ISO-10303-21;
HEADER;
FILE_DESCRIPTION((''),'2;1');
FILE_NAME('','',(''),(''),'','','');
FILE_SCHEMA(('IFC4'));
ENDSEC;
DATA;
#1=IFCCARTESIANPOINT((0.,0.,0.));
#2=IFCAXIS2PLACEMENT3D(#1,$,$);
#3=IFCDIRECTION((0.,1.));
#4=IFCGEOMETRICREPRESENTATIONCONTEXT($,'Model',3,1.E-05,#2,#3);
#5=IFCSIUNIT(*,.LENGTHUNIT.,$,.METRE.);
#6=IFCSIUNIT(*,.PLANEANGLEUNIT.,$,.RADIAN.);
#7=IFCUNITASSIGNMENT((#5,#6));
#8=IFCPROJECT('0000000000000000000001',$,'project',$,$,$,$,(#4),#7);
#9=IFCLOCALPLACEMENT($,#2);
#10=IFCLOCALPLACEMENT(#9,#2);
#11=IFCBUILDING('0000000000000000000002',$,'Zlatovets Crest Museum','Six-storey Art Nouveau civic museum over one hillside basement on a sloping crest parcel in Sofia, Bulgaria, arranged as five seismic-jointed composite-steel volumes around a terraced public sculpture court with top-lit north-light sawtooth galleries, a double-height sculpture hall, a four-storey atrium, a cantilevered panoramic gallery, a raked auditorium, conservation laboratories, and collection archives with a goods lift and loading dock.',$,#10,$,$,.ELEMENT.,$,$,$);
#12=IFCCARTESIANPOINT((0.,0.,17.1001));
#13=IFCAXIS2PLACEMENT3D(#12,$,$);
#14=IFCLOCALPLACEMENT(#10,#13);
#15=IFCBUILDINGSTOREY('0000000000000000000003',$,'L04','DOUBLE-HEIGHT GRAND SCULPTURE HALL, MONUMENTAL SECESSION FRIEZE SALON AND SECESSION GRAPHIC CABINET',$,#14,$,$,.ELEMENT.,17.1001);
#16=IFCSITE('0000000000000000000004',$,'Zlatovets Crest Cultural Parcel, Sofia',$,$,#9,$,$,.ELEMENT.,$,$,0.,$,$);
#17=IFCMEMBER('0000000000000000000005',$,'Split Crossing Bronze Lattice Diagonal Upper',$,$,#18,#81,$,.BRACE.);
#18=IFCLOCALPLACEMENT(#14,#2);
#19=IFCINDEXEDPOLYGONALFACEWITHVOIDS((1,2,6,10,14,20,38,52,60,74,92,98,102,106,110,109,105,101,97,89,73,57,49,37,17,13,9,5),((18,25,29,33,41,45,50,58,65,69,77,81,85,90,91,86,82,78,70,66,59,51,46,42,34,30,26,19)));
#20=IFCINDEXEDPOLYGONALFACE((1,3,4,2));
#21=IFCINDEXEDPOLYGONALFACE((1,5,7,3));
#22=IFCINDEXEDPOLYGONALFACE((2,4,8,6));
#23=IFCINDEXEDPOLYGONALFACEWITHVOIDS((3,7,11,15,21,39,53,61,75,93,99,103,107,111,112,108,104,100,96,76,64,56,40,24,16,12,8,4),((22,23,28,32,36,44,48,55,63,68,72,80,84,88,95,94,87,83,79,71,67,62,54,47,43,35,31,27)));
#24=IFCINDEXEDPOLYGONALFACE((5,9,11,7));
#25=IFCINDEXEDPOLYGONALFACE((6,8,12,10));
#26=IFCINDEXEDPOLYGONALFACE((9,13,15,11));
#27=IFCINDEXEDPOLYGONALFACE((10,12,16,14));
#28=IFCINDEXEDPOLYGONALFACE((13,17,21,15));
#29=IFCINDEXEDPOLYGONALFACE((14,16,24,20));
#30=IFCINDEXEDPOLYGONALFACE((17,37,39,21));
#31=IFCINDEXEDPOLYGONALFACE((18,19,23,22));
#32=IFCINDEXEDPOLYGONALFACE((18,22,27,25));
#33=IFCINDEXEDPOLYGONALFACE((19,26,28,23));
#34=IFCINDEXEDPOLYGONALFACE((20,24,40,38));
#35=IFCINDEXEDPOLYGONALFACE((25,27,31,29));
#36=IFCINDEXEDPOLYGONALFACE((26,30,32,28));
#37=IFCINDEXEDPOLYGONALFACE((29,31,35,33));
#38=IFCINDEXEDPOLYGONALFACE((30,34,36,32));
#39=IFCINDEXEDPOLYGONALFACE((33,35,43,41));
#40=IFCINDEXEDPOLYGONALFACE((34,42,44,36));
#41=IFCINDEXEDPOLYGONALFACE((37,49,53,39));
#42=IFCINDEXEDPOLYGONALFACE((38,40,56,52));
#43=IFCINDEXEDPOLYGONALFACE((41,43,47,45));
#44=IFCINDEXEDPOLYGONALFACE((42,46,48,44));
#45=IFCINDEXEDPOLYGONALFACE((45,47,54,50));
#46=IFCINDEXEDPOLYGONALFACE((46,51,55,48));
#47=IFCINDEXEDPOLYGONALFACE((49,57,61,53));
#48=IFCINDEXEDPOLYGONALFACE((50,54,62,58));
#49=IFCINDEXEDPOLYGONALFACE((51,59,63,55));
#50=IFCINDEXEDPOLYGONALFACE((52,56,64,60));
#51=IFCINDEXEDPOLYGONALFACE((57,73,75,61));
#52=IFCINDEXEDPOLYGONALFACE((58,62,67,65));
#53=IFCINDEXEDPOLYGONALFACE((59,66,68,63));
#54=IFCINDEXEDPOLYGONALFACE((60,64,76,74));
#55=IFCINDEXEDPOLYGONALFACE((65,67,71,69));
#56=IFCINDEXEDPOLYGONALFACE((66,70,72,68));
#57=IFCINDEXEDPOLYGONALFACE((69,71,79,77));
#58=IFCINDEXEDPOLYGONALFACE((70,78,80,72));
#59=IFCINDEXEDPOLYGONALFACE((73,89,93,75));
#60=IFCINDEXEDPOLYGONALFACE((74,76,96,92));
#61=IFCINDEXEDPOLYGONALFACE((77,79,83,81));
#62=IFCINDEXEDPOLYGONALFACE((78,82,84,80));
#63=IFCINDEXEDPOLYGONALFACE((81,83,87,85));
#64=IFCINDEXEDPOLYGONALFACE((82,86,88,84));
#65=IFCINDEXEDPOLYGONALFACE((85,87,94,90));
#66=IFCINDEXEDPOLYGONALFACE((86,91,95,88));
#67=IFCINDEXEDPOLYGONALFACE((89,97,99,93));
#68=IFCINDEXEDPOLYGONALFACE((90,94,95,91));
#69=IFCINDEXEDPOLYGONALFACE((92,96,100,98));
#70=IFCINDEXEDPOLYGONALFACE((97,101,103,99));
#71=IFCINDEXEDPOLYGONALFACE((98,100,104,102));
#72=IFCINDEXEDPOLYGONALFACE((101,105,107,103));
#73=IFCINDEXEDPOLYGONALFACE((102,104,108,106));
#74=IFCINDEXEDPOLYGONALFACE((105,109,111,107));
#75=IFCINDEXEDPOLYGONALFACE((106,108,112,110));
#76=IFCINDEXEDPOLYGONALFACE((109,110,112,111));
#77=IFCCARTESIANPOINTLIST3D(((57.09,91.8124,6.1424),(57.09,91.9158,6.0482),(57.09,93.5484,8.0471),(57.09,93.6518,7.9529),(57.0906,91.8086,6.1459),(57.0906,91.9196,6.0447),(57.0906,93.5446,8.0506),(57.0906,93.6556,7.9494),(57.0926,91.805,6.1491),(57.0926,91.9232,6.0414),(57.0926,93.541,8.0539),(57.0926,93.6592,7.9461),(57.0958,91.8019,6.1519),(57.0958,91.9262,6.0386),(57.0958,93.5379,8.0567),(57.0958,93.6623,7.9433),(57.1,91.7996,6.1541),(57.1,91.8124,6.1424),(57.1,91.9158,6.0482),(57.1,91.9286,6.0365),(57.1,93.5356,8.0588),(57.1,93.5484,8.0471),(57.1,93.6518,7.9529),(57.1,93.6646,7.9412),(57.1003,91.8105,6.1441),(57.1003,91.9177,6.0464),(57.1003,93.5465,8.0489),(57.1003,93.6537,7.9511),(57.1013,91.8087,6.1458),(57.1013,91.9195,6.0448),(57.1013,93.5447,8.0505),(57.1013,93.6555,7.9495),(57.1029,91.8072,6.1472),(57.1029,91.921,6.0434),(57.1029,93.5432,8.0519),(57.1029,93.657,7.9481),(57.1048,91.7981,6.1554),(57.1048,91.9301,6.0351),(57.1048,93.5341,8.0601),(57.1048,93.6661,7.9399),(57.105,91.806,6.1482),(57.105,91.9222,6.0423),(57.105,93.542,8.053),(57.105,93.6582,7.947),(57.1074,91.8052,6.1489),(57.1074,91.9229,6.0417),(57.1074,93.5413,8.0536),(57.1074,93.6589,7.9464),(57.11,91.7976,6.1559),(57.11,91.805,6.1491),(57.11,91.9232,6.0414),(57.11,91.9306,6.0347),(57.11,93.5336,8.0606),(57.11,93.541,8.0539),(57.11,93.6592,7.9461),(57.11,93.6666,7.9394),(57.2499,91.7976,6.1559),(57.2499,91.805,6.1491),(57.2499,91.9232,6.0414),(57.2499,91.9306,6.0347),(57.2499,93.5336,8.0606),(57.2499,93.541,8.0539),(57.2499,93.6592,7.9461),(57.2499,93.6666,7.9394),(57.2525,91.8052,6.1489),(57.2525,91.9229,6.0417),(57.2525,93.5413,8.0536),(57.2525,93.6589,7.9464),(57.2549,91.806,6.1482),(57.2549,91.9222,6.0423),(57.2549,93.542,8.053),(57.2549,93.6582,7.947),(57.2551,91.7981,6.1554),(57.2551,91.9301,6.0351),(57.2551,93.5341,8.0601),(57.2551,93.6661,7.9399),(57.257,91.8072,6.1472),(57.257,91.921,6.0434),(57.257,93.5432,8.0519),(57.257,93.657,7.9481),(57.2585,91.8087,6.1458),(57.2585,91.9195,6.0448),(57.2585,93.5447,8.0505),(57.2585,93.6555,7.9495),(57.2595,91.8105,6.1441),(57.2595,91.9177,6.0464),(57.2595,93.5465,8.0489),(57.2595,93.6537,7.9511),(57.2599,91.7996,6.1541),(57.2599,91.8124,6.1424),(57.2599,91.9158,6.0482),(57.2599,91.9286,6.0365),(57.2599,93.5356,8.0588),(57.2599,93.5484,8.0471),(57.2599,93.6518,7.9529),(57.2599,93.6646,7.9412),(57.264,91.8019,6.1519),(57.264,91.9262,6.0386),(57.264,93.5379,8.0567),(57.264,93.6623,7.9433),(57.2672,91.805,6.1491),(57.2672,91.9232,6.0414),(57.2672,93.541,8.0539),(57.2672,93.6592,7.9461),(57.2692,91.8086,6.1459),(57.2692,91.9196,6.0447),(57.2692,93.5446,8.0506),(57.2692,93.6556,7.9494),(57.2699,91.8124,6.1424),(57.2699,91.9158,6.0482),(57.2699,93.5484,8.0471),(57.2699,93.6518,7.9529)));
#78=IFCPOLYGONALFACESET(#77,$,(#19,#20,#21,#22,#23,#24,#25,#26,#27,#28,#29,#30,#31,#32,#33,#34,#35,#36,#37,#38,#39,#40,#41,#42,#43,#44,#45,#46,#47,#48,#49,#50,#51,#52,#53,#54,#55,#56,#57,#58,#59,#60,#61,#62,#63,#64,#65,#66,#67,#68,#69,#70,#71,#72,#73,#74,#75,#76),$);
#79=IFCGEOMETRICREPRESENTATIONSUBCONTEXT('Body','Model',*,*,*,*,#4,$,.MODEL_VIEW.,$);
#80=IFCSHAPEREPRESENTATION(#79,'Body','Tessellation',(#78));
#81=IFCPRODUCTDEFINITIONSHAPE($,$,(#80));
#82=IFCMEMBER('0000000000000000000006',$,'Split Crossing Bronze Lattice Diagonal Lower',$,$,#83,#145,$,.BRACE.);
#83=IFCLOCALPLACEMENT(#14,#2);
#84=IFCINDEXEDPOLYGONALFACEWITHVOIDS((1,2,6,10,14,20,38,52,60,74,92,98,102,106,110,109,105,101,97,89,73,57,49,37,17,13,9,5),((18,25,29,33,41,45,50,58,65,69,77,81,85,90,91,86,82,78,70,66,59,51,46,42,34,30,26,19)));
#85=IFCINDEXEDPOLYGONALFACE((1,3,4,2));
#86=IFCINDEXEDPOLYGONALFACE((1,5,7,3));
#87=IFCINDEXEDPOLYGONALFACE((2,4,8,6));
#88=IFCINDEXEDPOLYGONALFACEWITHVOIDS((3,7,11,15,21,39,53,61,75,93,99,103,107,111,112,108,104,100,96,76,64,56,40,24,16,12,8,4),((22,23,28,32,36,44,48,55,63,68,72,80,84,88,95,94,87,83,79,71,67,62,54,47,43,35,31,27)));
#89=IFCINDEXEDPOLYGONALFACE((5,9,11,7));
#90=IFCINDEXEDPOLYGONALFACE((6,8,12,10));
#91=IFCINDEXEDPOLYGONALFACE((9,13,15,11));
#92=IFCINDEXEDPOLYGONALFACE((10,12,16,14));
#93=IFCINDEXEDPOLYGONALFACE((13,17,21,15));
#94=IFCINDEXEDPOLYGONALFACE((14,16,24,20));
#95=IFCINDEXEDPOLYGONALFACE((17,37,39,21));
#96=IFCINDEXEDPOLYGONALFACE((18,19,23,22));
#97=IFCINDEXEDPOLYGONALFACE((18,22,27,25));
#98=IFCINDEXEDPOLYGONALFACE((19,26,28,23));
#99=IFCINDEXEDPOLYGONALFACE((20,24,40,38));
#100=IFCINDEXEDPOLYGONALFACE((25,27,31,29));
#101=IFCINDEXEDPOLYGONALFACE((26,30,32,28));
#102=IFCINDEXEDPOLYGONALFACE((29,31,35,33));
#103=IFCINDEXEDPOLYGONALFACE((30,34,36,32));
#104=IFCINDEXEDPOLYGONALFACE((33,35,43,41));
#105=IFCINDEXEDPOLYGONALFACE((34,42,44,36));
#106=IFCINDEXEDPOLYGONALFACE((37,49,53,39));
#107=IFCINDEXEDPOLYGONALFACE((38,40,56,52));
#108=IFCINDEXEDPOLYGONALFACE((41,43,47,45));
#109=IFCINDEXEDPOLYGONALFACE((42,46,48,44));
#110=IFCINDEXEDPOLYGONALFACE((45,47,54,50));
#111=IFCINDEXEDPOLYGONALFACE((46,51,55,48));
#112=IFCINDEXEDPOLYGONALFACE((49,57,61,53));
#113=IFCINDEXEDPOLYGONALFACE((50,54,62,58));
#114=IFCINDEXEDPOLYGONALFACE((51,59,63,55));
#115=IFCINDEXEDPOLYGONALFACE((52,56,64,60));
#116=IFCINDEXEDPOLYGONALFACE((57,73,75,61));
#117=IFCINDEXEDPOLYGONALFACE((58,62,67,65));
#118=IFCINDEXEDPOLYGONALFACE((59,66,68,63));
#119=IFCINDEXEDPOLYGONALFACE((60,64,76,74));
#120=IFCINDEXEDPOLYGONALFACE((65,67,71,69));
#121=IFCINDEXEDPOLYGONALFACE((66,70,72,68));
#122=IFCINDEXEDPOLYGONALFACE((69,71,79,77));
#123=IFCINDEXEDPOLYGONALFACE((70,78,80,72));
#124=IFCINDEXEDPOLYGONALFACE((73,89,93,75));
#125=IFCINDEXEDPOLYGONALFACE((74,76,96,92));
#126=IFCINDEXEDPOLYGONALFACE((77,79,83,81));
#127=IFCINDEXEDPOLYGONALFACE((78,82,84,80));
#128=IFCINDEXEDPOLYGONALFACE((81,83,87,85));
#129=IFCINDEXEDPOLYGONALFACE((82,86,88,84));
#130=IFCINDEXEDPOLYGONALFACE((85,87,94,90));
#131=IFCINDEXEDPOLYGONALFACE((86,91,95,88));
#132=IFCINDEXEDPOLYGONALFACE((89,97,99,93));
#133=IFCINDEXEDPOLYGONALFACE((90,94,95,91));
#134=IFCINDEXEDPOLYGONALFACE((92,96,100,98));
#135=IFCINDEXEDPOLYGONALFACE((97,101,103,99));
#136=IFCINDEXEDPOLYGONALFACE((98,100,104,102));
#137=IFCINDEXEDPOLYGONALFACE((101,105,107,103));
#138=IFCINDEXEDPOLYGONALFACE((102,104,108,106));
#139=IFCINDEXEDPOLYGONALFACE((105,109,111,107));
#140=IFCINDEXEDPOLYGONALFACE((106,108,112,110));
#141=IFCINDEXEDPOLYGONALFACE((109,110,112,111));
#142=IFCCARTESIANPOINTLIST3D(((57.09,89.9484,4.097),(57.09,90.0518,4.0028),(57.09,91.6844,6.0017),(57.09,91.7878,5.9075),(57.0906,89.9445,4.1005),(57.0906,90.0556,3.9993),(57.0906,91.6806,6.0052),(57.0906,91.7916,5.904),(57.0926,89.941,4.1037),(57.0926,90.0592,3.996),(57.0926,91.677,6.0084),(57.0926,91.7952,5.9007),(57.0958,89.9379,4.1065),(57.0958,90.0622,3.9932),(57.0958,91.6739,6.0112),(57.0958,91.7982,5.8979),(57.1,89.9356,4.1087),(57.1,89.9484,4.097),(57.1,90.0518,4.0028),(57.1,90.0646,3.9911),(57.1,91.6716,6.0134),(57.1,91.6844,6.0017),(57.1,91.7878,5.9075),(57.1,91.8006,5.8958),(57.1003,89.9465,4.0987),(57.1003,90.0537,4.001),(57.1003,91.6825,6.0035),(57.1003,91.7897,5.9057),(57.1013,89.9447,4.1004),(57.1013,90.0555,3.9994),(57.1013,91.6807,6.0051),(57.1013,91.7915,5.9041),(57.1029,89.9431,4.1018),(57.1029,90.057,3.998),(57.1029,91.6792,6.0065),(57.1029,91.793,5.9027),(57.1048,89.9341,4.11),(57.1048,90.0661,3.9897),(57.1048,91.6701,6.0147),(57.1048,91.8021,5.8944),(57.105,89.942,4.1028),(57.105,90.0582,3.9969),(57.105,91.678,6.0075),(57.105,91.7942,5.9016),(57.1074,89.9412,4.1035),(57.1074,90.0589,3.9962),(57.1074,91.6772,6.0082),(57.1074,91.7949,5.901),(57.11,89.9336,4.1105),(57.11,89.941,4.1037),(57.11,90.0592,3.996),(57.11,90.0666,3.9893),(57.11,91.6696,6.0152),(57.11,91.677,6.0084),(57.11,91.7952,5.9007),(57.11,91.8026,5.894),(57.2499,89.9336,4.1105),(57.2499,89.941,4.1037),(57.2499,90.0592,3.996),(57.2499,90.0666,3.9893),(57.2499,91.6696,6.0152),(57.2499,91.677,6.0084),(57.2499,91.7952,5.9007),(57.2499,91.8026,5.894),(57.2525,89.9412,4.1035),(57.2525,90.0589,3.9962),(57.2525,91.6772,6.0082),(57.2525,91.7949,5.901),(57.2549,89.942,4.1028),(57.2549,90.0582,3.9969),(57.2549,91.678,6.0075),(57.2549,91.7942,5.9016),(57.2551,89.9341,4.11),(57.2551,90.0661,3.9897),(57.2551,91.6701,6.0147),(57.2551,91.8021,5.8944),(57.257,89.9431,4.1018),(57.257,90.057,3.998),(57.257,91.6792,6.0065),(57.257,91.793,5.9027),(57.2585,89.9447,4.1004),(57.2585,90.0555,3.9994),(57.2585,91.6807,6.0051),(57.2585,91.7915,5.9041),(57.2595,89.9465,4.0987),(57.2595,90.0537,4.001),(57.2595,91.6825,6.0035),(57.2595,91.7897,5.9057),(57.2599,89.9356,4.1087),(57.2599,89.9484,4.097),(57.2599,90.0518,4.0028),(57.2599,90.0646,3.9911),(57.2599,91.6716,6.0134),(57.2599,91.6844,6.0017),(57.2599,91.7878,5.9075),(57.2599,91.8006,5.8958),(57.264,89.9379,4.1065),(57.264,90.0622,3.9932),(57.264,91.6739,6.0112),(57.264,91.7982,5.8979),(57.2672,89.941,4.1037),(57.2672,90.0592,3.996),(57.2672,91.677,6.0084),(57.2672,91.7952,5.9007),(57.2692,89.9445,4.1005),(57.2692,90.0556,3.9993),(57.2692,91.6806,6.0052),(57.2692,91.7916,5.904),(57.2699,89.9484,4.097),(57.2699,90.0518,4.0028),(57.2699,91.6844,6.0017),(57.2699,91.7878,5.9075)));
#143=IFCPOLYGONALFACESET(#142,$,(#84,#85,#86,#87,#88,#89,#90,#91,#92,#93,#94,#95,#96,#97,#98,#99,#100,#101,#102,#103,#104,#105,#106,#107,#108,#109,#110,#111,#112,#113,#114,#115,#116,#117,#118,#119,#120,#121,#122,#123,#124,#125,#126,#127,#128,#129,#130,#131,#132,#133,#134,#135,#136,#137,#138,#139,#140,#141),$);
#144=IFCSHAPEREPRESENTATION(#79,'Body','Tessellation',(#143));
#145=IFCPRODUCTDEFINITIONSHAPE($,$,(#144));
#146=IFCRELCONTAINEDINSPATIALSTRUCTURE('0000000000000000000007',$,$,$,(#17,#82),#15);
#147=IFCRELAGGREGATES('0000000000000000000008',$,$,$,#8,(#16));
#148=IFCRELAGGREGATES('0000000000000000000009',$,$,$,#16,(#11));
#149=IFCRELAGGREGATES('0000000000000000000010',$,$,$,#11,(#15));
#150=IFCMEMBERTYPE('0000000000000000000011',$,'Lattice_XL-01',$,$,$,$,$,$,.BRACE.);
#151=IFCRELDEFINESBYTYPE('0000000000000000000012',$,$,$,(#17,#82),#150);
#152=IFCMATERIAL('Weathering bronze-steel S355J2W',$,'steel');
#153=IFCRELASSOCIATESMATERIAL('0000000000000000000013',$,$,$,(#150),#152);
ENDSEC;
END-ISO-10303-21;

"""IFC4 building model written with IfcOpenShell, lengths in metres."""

from ifc_helpers import new_model, si_unit, direction, frame, origin, origin_2d, place, context, subcontext, project, spatial, hollow_rectangle, extrude, material, material_profile, profile_set, type_object, element, save


model = new_model("IFC4")

# Units and contexts
model_context = context("Model", 3, precision=1e-05, world=origin(), true_north=direction((0.0, 1.0)))
body_context = subcontext(model_context, "Body", "Model", "MODEL_VIEW")
ifc_project = project(units=[si_unit("LENGTHUNIT", "METRE"), si_unit("PLANEANGLEUNIT", "RADIAN")], contexts=[model_context])

# Site, building, storey
site_placement = place(None, origin())
site = spatial("IfcSite", under=ifc_project, at=site_placement, Name="Zlatovets Crest Cultural Parcel, Sofia", CompositionType="ELEMENT", RefElevation=0.0)
building_placement = place(site_placement, origin())
building = spatial("IfcBuilding", under=site, at=building_placement, Name="Zlatovets Crest Museum", Description="Six-storey Art Nouveau civic museum over one hillside basement on a sloping crest parcel in Sofia, Bulgaria, arranged as five seismic-jointed composite-steel volumes around a terraced public sculpture court with top-lit north-light sawtooth galleries, a double-height sculpture hall, a four-storey atrium, a cantilevered panoramic gallery, a raked auditorium, conservation laboratories, and collection archives with a goods lift and loading dock.", CompositionType="ELEMENT")
storey_placement = place(building_placement, frame((0.0, 0.0, 17.1001)))
storey = spatial("IfcBuildingStorey", under=building, at=storey_placement, Name="L04", Description="DOUBLE-HEIGHT GRAND SCULPTURE HALL, MONUMENTAL SECESSION FRIEZE SALON AND SECESSION GRAPHIC CABINET", CompositionType="ELEMENT", Elevation=17.1001)

# Members
ifc_material_1 = material(Name="Weathering bronze-steel S355J2W", Category="steel")
ifc_material_profile_1 = material_profile(ifc_material_1, hollow_rectangle(XDim=0.1799, YDim=0.1799, WallThickness=0.01, InnerFilletRadius=0.01, OuterFilletRadius=0.02, at=origin_2d()), Name="SHS 180x180x10.0")
ifc_profile_set_1 = profile_set([ifc_material_profile_1], Name="Weathering bronze-steel S355J2W")
member_type_1 = type_object("IfcMemberType", Name="Lattice_XL-01", PredefinedType="BRACE", material=ifc_profile_set_1)
for number, where, z_axis, x_axis, name in (
    (1, (57.1799, 93.6001, 8.0), (0.0, -0.67362, -0.739078), (1.0, 0.0, 0.0), "Split Crossing Bronze Lattice Diagonal Upper"),
    (2, (57.1799, 91.7361, 5.9546), (0.0, -0.67362, -0.739078), (1.0, 0.0, 0.0), "Split Crossing Bronze Lattice Diagonal Lower"),
):
    element("IfcMember", number, at=place(storey_placement, frame(where, z_axis=z_axis, x_axis=x_axis)), inside=storey, type_object=member_type_1, Name=name, PredefinedType="BRACE", context=body_context, shape_type="SweptSolid", body=[
        extrude(hollow_rectangle(XDim=0.1799, YDim=0.1799, WallThickness=0.01, InnerFilletRadius=0.01, OuterFilletRadius=0.02, at=origin_2d()), origin(), (0.0, 0.0, 1.0), 2.5771),
    ])

save(model, "model.ifc")
